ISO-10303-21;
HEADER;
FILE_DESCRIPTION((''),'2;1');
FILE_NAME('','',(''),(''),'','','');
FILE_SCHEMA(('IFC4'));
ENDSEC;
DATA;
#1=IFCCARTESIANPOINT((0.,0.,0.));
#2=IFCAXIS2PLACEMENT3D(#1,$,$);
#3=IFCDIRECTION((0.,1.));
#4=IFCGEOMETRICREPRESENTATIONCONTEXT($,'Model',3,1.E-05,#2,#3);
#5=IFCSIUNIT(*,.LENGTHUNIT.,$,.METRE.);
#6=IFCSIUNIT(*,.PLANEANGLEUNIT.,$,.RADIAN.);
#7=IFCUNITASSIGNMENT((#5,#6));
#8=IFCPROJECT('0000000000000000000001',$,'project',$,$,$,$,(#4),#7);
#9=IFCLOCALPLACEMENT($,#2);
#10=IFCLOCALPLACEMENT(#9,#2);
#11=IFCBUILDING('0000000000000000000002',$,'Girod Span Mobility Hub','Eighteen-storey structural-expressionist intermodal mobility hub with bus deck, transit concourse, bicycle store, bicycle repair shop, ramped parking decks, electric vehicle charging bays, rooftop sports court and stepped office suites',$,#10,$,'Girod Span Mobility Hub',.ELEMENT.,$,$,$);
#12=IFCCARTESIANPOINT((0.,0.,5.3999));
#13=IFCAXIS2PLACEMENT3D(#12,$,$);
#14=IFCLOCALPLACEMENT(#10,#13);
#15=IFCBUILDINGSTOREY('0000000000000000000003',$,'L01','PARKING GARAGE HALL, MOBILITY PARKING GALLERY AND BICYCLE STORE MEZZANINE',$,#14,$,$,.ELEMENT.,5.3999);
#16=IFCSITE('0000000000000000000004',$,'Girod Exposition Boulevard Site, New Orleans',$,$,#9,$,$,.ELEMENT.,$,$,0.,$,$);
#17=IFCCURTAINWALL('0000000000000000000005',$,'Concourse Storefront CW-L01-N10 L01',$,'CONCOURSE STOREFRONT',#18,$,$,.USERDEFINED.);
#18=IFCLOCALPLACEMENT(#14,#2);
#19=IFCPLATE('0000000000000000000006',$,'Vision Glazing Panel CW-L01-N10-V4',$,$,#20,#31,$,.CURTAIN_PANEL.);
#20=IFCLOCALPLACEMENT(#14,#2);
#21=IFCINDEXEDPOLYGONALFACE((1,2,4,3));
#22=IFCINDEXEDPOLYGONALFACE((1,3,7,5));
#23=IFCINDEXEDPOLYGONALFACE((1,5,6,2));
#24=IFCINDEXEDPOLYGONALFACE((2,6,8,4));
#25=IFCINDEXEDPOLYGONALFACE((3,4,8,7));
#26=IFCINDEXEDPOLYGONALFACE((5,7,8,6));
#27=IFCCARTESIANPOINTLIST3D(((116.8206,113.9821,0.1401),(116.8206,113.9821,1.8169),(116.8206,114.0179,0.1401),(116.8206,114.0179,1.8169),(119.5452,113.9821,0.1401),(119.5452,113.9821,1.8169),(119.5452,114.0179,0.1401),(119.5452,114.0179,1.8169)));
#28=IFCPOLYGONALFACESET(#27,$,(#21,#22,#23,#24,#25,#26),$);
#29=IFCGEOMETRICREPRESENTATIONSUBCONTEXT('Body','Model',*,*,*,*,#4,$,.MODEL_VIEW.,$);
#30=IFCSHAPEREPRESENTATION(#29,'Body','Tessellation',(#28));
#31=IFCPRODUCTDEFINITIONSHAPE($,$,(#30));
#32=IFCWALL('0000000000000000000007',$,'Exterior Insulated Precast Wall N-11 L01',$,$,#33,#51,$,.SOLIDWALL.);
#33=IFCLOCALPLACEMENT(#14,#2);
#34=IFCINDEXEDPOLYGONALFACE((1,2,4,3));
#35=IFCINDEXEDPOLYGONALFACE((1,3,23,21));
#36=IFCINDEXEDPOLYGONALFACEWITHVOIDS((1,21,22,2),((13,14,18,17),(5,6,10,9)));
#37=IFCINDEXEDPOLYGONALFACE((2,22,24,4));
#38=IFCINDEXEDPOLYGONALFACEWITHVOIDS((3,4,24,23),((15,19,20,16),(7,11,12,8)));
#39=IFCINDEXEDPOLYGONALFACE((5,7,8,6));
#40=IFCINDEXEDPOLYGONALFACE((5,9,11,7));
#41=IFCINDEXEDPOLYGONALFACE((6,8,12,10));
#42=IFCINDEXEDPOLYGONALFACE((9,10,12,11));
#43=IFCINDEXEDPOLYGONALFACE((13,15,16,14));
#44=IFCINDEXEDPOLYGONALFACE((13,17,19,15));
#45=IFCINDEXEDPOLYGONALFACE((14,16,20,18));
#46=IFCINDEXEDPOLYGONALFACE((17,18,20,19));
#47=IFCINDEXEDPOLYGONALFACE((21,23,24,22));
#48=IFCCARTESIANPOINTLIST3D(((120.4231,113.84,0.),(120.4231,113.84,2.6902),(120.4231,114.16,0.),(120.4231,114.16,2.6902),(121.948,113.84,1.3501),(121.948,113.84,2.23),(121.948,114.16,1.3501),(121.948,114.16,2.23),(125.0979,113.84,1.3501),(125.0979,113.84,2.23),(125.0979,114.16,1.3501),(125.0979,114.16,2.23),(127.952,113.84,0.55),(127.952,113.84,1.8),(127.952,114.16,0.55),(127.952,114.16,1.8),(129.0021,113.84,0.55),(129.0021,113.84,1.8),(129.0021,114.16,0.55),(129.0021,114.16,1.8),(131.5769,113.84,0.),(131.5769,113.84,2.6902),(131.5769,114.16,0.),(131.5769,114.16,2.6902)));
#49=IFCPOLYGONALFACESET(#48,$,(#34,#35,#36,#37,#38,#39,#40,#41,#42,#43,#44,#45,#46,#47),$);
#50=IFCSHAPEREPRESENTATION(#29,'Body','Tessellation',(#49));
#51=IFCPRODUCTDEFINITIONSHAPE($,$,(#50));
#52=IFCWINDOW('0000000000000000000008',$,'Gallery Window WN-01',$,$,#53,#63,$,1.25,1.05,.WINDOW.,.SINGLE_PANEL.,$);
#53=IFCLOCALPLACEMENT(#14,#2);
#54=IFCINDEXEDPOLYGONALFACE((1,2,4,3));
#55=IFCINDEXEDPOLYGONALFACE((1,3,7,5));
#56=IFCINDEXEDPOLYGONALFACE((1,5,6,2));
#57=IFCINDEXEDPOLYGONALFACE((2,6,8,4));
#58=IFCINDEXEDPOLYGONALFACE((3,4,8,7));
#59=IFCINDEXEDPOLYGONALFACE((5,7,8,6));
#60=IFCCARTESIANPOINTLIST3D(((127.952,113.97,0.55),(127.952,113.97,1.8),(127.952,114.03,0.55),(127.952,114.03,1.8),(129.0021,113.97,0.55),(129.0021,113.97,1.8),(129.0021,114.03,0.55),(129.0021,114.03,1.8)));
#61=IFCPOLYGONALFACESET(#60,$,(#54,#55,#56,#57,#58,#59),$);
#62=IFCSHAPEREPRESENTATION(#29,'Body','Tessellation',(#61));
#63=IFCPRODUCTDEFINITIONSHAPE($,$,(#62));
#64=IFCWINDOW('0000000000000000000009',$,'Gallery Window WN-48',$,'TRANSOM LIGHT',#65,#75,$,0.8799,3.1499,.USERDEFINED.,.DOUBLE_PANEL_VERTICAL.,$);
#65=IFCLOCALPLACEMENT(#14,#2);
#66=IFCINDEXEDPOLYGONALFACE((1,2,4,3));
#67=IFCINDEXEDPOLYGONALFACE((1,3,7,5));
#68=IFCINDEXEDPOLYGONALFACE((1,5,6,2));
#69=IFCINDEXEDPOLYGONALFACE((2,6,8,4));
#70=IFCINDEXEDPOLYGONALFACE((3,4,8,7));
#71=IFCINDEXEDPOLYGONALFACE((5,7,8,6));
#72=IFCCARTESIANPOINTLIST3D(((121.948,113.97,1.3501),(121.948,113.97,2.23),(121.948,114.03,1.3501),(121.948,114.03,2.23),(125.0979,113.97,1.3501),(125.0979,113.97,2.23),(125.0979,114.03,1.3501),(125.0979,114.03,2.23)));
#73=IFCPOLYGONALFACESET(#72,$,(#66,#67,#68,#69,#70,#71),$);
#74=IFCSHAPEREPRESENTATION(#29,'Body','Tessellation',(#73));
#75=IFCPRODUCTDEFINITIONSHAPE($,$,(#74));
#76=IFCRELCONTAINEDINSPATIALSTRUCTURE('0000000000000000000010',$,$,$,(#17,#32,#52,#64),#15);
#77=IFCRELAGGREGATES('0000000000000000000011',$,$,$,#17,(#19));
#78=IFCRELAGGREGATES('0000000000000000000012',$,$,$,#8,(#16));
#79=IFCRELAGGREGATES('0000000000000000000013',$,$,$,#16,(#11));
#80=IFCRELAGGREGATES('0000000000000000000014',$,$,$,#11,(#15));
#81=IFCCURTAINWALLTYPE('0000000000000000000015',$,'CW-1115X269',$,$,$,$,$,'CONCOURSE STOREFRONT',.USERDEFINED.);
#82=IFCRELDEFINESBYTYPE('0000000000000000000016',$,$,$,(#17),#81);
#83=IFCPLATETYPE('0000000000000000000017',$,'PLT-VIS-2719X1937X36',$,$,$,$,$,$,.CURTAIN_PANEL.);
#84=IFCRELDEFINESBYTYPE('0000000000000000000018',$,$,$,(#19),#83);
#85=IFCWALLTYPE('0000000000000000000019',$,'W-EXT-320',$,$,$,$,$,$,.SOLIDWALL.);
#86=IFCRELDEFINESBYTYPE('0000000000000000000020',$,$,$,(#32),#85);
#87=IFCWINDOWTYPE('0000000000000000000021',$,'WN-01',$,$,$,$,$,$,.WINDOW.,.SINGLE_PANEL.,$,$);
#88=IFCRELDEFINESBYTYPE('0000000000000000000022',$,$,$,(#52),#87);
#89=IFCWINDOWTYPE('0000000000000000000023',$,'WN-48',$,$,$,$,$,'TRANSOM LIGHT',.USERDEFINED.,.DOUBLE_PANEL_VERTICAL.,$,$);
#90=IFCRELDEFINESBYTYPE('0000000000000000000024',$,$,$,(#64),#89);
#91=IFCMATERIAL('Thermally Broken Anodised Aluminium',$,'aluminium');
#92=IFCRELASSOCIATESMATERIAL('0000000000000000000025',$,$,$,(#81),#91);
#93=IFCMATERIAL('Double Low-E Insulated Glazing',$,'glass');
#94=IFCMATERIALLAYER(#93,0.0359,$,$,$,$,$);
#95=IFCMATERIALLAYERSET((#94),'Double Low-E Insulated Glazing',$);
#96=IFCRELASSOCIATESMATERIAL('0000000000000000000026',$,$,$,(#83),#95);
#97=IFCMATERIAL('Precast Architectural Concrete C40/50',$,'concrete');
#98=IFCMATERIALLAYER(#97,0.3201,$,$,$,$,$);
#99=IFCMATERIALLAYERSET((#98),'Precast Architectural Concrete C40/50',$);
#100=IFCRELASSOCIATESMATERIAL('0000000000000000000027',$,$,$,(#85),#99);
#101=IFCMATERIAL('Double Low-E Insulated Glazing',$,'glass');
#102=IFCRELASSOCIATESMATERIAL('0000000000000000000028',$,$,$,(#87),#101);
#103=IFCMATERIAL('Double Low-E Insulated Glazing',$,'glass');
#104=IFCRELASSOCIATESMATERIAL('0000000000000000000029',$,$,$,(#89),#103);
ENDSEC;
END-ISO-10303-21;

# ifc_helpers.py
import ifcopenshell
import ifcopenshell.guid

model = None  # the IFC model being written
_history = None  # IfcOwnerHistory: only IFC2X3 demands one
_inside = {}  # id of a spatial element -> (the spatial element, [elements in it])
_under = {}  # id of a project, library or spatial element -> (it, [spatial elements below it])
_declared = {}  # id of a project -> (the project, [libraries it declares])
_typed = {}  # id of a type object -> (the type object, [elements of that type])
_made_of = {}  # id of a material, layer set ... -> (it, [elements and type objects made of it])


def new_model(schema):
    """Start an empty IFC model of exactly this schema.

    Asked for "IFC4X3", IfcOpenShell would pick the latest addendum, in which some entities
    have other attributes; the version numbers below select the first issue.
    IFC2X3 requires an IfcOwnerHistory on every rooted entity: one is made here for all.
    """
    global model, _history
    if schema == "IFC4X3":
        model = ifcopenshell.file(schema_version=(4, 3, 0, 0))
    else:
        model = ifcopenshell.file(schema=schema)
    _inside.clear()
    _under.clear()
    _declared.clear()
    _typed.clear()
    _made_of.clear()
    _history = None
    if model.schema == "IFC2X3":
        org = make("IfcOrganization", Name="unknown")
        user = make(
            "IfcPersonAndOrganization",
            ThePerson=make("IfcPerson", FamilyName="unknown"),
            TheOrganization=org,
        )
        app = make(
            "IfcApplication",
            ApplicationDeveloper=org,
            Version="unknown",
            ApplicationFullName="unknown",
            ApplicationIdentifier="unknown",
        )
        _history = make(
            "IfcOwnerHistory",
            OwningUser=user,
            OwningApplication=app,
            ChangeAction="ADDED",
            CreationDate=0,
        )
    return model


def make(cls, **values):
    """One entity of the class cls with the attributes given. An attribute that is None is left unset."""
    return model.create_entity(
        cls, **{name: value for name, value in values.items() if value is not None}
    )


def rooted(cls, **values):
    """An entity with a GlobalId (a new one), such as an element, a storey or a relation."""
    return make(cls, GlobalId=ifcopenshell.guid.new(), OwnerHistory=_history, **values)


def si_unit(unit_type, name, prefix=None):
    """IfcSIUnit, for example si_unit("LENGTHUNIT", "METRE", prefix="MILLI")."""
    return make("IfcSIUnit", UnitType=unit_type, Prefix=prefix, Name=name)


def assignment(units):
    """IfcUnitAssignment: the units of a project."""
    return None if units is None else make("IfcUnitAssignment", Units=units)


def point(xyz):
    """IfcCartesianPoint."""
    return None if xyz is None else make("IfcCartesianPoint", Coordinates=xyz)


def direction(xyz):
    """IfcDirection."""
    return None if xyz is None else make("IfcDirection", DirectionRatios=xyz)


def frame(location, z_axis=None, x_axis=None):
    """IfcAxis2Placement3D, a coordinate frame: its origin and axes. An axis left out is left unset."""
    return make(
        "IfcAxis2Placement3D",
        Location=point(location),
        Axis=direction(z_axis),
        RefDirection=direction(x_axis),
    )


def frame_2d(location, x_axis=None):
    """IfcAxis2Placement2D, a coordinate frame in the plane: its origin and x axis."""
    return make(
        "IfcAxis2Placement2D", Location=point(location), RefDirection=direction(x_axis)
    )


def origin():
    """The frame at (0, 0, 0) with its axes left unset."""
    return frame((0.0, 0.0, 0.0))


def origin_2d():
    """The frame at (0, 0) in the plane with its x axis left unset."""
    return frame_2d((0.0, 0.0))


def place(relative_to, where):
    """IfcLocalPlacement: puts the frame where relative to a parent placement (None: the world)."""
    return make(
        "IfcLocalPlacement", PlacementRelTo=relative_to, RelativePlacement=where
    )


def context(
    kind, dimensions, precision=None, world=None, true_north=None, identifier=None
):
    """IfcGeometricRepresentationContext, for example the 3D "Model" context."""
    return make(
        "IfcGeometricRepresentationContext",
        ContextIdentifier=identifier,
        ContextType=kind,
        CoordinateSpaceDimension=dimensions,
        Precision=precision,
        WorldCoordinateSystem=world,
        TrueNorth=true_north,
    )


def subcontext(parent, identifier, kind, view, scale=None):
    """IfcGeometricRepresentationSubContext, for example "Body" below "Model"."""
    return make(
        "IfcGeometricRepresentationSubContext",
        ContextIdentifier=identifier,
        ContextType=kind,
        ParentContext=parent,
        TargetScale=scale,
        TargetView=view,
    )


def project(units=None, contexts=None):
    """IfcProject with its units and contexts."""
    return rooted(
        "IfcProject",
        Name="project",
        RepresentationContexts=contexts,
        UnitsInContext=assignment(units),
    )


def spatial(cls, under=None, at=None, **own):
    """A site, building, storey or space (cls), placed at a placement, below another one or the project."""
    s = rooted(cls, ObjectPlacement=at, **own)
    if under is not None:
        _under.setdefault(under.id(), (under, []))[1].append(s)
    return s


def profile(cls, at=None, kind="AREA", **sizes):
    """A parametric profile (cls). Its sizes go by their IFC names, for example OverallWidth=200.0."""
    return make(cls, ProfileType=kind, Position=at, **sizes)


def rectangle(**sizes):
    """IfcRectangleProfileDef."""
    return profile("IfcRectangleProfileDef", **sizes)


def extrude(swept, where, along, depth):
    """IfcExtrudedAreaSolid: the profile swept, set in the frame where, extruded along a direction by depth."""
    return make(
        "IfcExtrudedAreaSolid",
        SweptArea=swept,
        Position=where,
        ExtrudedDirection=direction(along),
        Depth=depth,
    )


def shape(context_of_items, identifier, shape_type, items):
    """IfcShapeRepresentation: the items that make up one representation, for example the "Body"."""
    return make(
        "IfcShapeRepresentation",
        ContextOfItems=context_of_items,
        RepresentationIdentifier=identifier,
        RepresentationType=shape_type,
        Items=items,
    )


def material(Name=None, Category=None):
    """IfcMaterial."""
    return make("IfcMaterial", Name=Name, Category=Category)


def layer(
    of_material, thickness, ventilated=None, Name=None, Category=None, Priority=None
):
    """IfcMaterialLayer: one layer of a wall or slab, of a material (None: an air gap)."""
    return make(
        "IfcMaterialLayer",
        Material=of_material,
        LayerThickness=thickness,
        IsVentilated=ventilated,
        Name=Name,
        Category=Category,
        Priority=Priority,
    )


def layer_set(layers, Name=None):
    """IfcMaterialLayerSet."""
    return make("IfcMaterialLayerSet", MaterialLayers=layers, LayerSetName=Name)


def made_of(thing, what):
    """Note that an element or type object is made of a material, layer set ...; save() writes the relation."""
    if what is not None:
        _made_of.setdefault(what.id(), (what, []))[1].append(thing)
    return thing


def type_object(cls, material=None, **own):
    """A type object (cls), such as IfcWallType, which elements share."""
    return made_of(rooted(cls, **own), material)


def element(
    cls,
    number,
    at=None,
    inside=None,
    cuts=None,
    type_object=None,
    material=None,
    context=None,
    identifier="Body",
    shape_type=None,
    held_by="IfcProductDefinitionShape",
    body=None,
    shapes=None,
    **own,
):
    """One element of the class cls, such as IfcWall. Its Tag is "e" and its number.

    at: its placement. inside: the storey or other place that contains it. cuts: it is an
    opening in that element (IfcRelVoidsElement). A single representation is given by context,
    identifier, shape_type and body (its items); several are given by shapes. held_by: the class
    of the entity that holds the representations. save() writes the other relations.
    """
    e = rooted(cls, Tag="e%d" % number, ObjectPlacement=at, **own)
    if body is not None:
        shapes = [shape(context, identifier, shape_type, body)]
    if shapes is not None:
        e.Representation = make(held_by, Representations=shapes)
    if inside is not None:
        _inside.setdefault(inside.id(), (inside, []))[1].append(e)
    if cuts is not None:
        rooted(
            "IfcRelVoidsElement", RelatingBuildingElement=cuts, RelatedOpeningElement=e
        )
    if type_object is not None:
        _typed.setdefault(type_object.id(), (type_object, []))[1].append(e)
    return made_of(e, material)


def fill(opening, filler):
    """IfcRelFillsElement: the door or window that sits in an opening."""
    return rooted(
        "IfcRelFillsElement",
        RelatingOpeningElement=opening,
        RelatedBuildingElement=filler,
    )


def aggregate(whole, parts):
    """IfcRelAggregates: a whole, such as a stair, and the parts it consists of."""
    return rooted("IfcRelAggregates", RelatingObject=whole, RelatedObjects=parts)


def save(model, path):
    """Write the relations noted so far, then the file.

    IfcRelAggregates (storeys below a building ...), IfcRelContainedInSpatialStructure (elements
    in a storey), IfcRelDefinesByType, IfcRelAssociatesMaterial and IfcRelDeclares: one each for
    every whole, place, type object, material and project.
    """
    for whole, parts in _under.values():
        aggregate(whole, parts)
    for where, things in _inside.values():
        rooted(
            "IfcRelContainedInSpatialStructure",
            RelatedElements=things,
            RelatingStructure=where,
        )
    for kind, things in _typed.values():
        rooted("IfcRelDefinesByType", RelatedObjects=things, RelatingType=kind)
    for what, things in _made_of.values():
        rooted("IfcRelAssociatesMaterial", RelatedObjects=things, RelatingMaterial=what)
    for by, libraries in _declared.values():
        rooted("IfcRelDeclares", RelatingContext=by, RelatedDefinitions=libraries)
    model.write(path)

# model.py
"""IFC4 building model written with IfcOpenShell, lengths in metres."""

from ifc_helpers import new_model, si_unit, direction, frame, frame_2d, origin, origin_2d, place, context, subcontext, project, spatial, rectangle, extrude, material, layer, layer_set, type_object, element, fill, aggregate, save


model = new_model("IFC4")

# Units and contexts
model_context = context("Model", 3, precision=1e-05, world=origin(), true_north=direction((0.0, 1.0)))
body_context = subcontext(model_context, "Body", "Model", "MODEL_VIEW")
ifc_project = project(units=[si_unit("LENGTHUNIT", "METRE"), si_unit("PLANEANGLEUNIT", "RADIAN")], contexts=[model_context])

# Site, building, storey
site_placement = place(None, origin())
site = spatial("IfcSite", under=ifc_project, at=site_placement, Name="Girod Exposition Boulevard Site, New Orleans", CompositionType="ELEMENT", RefElevation=0.0)
building_placement = place(site_placement, origin())
building = spatial("IfcBuilding", under=site, at=building_placement, Name="Girod Span Mobility Hub", Description="Eighteen-storey structural-expressionist intermodal mobility hub with bus deck, transit concourse, bicycle store, bicycle repair shop, ramped parking decks, electric vehicle charging bays, rooftop sports court and stepped office suites", LongName="Girod Span Mobility Hub", CompositionType="ELEMENT")
storey_placement = place(building_placement, frame((0.0, 0.0, 5.3999)))
storey = spatial("IfcBuildingStorey", under=building, at=storey_placement, Name="L01", Description="PARKING GARAGE HALL, MOBILITY PARKING GALLERY AND BICYCLE STORE MEZZANINE", CompositionType="ELEMENT", Elevation=5.3999)

# Curtain wall
ifc_material_1 = material(Name="Thermally Broken Anodised Aluminium", Category="aluminium")
curtain_wall_type = type_object("IfcCurtainWallType", Name="CW-1115X269", ElementType="CONCOURSE STOREFRONT", PredefinedType="USERDEFINED", material=ifc_material_1)
curtain_wall_placement = place(storey_placement, origin())
curtain_wall = element("IfcCurtainWall", 1, at=curtain_wall_placement, inside=storey, type_object=curtain_wall_type, Name="Concourse Storefront CW-L01-N10 L01", ObjectType="CONCOURSE STOREFRONT", PredefinedType="USERDEFINED")

# Plate
ifc_material_2 = material(Name="Double Low-E Insulated Glazing", Category="glass")
ifc_layer_1 = layer(ifc_material_2, 0.0359)
ifc_layer_set_1 = layer_set([ifc_layer_1], Name="Double Low-E Insulated Glazing")
plate_type_1 = type_object("IfcPlateType", Name="PLT-VIS-2719X1937X36", PredefinedType="CURTAIN_PANEL", material=ifc_layer_set_1)
plate_1_placement = place(storey_placement, frame((118.1829, 114.0, 0.1401), z_axis=(0.0, 0.0, 1.0), x_axis=(1.0, 0.0, 0.0)))
plate_1 = element("IfcPlate", 2, at=plate_1_placement, type_object=plate_type_1, Name="Vision Glazing Panel CW-L01-N10-V4", PredefinedType="CURTAIN_PANEL", context=body_context, shape_type="SweptSolid", body=[
    extrude(rectangle(XDim=2.7246, YDim=0.0359, at=origin_2d()), origin(), (0.0, 0.0, 1.0), 1.6768),
])
aggregate(curtain_wall, [plate_1])

# Wall, openings, windows
ifc_material_3 = material(Name="Precast Architectural Concrete C40/50", Category="concrete")
ifc_layer_2 = layer(ifc_material_3, 0.3201)
ifc_layer_set_2 = layer_set([ifc_layer_2], Name="Precast Architectural Concrete C40/50")
wall_type = type_object("IfcWallType", Name="W-EXT-320", PredefinedType="SOLIDWALL", material=ifc_layer_set_2)
wall_placement = place(storey_placement, frame((120.4231, 114.0, 0.0), z_axis=(0.0, 0.0, 1.0), x_axis=(1.0, 0.0, 0.0)))
wall = element("IfcWall", 3, at=wall_placement, inside=storey, type_object=wall_type, Name="Exterior Insulated Precast Wall N-11 L01", PredefinedType="SOLIDWALL", context=body_context, shape_type="SweptSolid", body=[
    extrude(rectangle(XDim=11.1538, YDim=0.3201, at=frame_2d((5.5769, 0.0))), origin(), (0.0, 0.0, 1.0), 2.6902),
])
opening_1_placement = place(wall_placement, frame((1.5249, 0.0, 1.3501)))
opening_1 = element("IfcOpeningElement", 4, at=opening_1_placement, cuts=wall, PredefinedType="OPENING", context=body_context, shape_type="SweptSolid", body=[
    extrude(rectangle(XDim=3.1499, YDim=0.8799, at=frame_2d((1.575, 0.4399))), frame((0.0, 0.175, 0.0), z_axis=(0.0, -1.0, 0.0), x_axis=(1.0, 0.0, 0.0)), (0.0, 0.0, 1.0), 0.3501),
])
opening_2_placement = place(wall_placement, frame((7.5291, 0.0, 0.55)))
opening_2 = element("IfcOpeningElement", 5, at=opening_2_placement, cuts=wall, PredefinedType="OPENING", context=body_context, shape_type="SweptSolid", body=[
    extrude(rectangle(XDim=1.05, YDim=1.25, at=frame_2d((0.5249, 0.625))), frame((0.0, 0.175, 0.0), z_axis=(0.0, -1.0, 0.0), x_axis=(1.0, 0.0, 0.0)), (0.0, 0.0, 1.0), 0.3501),
])
ifc_material_4 = material(Name="Double Low-E Insulated Glazing", Category="glass")
window_type_1 = type_object("IfcWindowType", Name="WN-01", PartitioningType="SINGLE_PANEL", PredefinedType="WINDOW", material=ifc_material_4)
window_1_placement = place(opening_2_placement, origin())
window_1 = element("IfcWindow", 6, at=window_1_placement, inside=storey, type_object=window_type_1, Name="Gallery Window WN-01", OverallHeight=1.25, OverallWidth=1.05, PartitioningType="SINGLE_PANEL", PredefinedType="WINDOW", context=body_context, shape_type="SweptSolid", body=[
    extrude(rectangle(XDim=1.05, YDim=1.25, at=frame_2d((0.5249, 0.625))), frame((0.0, 0.03, 0.0), z_axis=(0.0, -1.0, 0.0), x_axis=(1.0, 0.0, 0.0)), (0.0, 0.0, 1.0), 0.0601),
])
fill(opening_2, window_1)
ifc_material_5 = material(Name="Double Low-E Insulated Glazing", Category="glass")
window_type_2 = type_object("IfcWindowType", Name="WN-48", ElementType="TRANSOM LIGHT", PartitioningType="DOUBLE_PANEL_VERTICAL", PredefinedType="USERDEFINED", material=ifc_material_5)
window_2_placement = place(opening_1_placement, origin())
window_2 = element("IfcWindow", 7, at=window_2_placement, inside=storey, type_object=window_type_2, Name="Gallery Window WN-48", ObjectType="TRANSOM LIGHT", OverallHeight=0.8799, OverallWidth=3.1499, PartitioningType="DOUBLE_PANEL_VERTICAL", PredefinedType="USERDEFINED", context=body_context, shape_type="SweptSolid", body=[
    extrude(rectangle(XDim=3.1499, YDim=0.8799, at=frame_2d((1.575, 0.4399))), frame((0.0, 0.03, 0.0), z_axis=(0.0, -1.0, 0.0), x_axis=(1.0, 0.0, 0.0)), (0.0, 0.0, 1.0), 0.0601),
])
fill(opening_1, window_2)

save(model, "model.ifc")
